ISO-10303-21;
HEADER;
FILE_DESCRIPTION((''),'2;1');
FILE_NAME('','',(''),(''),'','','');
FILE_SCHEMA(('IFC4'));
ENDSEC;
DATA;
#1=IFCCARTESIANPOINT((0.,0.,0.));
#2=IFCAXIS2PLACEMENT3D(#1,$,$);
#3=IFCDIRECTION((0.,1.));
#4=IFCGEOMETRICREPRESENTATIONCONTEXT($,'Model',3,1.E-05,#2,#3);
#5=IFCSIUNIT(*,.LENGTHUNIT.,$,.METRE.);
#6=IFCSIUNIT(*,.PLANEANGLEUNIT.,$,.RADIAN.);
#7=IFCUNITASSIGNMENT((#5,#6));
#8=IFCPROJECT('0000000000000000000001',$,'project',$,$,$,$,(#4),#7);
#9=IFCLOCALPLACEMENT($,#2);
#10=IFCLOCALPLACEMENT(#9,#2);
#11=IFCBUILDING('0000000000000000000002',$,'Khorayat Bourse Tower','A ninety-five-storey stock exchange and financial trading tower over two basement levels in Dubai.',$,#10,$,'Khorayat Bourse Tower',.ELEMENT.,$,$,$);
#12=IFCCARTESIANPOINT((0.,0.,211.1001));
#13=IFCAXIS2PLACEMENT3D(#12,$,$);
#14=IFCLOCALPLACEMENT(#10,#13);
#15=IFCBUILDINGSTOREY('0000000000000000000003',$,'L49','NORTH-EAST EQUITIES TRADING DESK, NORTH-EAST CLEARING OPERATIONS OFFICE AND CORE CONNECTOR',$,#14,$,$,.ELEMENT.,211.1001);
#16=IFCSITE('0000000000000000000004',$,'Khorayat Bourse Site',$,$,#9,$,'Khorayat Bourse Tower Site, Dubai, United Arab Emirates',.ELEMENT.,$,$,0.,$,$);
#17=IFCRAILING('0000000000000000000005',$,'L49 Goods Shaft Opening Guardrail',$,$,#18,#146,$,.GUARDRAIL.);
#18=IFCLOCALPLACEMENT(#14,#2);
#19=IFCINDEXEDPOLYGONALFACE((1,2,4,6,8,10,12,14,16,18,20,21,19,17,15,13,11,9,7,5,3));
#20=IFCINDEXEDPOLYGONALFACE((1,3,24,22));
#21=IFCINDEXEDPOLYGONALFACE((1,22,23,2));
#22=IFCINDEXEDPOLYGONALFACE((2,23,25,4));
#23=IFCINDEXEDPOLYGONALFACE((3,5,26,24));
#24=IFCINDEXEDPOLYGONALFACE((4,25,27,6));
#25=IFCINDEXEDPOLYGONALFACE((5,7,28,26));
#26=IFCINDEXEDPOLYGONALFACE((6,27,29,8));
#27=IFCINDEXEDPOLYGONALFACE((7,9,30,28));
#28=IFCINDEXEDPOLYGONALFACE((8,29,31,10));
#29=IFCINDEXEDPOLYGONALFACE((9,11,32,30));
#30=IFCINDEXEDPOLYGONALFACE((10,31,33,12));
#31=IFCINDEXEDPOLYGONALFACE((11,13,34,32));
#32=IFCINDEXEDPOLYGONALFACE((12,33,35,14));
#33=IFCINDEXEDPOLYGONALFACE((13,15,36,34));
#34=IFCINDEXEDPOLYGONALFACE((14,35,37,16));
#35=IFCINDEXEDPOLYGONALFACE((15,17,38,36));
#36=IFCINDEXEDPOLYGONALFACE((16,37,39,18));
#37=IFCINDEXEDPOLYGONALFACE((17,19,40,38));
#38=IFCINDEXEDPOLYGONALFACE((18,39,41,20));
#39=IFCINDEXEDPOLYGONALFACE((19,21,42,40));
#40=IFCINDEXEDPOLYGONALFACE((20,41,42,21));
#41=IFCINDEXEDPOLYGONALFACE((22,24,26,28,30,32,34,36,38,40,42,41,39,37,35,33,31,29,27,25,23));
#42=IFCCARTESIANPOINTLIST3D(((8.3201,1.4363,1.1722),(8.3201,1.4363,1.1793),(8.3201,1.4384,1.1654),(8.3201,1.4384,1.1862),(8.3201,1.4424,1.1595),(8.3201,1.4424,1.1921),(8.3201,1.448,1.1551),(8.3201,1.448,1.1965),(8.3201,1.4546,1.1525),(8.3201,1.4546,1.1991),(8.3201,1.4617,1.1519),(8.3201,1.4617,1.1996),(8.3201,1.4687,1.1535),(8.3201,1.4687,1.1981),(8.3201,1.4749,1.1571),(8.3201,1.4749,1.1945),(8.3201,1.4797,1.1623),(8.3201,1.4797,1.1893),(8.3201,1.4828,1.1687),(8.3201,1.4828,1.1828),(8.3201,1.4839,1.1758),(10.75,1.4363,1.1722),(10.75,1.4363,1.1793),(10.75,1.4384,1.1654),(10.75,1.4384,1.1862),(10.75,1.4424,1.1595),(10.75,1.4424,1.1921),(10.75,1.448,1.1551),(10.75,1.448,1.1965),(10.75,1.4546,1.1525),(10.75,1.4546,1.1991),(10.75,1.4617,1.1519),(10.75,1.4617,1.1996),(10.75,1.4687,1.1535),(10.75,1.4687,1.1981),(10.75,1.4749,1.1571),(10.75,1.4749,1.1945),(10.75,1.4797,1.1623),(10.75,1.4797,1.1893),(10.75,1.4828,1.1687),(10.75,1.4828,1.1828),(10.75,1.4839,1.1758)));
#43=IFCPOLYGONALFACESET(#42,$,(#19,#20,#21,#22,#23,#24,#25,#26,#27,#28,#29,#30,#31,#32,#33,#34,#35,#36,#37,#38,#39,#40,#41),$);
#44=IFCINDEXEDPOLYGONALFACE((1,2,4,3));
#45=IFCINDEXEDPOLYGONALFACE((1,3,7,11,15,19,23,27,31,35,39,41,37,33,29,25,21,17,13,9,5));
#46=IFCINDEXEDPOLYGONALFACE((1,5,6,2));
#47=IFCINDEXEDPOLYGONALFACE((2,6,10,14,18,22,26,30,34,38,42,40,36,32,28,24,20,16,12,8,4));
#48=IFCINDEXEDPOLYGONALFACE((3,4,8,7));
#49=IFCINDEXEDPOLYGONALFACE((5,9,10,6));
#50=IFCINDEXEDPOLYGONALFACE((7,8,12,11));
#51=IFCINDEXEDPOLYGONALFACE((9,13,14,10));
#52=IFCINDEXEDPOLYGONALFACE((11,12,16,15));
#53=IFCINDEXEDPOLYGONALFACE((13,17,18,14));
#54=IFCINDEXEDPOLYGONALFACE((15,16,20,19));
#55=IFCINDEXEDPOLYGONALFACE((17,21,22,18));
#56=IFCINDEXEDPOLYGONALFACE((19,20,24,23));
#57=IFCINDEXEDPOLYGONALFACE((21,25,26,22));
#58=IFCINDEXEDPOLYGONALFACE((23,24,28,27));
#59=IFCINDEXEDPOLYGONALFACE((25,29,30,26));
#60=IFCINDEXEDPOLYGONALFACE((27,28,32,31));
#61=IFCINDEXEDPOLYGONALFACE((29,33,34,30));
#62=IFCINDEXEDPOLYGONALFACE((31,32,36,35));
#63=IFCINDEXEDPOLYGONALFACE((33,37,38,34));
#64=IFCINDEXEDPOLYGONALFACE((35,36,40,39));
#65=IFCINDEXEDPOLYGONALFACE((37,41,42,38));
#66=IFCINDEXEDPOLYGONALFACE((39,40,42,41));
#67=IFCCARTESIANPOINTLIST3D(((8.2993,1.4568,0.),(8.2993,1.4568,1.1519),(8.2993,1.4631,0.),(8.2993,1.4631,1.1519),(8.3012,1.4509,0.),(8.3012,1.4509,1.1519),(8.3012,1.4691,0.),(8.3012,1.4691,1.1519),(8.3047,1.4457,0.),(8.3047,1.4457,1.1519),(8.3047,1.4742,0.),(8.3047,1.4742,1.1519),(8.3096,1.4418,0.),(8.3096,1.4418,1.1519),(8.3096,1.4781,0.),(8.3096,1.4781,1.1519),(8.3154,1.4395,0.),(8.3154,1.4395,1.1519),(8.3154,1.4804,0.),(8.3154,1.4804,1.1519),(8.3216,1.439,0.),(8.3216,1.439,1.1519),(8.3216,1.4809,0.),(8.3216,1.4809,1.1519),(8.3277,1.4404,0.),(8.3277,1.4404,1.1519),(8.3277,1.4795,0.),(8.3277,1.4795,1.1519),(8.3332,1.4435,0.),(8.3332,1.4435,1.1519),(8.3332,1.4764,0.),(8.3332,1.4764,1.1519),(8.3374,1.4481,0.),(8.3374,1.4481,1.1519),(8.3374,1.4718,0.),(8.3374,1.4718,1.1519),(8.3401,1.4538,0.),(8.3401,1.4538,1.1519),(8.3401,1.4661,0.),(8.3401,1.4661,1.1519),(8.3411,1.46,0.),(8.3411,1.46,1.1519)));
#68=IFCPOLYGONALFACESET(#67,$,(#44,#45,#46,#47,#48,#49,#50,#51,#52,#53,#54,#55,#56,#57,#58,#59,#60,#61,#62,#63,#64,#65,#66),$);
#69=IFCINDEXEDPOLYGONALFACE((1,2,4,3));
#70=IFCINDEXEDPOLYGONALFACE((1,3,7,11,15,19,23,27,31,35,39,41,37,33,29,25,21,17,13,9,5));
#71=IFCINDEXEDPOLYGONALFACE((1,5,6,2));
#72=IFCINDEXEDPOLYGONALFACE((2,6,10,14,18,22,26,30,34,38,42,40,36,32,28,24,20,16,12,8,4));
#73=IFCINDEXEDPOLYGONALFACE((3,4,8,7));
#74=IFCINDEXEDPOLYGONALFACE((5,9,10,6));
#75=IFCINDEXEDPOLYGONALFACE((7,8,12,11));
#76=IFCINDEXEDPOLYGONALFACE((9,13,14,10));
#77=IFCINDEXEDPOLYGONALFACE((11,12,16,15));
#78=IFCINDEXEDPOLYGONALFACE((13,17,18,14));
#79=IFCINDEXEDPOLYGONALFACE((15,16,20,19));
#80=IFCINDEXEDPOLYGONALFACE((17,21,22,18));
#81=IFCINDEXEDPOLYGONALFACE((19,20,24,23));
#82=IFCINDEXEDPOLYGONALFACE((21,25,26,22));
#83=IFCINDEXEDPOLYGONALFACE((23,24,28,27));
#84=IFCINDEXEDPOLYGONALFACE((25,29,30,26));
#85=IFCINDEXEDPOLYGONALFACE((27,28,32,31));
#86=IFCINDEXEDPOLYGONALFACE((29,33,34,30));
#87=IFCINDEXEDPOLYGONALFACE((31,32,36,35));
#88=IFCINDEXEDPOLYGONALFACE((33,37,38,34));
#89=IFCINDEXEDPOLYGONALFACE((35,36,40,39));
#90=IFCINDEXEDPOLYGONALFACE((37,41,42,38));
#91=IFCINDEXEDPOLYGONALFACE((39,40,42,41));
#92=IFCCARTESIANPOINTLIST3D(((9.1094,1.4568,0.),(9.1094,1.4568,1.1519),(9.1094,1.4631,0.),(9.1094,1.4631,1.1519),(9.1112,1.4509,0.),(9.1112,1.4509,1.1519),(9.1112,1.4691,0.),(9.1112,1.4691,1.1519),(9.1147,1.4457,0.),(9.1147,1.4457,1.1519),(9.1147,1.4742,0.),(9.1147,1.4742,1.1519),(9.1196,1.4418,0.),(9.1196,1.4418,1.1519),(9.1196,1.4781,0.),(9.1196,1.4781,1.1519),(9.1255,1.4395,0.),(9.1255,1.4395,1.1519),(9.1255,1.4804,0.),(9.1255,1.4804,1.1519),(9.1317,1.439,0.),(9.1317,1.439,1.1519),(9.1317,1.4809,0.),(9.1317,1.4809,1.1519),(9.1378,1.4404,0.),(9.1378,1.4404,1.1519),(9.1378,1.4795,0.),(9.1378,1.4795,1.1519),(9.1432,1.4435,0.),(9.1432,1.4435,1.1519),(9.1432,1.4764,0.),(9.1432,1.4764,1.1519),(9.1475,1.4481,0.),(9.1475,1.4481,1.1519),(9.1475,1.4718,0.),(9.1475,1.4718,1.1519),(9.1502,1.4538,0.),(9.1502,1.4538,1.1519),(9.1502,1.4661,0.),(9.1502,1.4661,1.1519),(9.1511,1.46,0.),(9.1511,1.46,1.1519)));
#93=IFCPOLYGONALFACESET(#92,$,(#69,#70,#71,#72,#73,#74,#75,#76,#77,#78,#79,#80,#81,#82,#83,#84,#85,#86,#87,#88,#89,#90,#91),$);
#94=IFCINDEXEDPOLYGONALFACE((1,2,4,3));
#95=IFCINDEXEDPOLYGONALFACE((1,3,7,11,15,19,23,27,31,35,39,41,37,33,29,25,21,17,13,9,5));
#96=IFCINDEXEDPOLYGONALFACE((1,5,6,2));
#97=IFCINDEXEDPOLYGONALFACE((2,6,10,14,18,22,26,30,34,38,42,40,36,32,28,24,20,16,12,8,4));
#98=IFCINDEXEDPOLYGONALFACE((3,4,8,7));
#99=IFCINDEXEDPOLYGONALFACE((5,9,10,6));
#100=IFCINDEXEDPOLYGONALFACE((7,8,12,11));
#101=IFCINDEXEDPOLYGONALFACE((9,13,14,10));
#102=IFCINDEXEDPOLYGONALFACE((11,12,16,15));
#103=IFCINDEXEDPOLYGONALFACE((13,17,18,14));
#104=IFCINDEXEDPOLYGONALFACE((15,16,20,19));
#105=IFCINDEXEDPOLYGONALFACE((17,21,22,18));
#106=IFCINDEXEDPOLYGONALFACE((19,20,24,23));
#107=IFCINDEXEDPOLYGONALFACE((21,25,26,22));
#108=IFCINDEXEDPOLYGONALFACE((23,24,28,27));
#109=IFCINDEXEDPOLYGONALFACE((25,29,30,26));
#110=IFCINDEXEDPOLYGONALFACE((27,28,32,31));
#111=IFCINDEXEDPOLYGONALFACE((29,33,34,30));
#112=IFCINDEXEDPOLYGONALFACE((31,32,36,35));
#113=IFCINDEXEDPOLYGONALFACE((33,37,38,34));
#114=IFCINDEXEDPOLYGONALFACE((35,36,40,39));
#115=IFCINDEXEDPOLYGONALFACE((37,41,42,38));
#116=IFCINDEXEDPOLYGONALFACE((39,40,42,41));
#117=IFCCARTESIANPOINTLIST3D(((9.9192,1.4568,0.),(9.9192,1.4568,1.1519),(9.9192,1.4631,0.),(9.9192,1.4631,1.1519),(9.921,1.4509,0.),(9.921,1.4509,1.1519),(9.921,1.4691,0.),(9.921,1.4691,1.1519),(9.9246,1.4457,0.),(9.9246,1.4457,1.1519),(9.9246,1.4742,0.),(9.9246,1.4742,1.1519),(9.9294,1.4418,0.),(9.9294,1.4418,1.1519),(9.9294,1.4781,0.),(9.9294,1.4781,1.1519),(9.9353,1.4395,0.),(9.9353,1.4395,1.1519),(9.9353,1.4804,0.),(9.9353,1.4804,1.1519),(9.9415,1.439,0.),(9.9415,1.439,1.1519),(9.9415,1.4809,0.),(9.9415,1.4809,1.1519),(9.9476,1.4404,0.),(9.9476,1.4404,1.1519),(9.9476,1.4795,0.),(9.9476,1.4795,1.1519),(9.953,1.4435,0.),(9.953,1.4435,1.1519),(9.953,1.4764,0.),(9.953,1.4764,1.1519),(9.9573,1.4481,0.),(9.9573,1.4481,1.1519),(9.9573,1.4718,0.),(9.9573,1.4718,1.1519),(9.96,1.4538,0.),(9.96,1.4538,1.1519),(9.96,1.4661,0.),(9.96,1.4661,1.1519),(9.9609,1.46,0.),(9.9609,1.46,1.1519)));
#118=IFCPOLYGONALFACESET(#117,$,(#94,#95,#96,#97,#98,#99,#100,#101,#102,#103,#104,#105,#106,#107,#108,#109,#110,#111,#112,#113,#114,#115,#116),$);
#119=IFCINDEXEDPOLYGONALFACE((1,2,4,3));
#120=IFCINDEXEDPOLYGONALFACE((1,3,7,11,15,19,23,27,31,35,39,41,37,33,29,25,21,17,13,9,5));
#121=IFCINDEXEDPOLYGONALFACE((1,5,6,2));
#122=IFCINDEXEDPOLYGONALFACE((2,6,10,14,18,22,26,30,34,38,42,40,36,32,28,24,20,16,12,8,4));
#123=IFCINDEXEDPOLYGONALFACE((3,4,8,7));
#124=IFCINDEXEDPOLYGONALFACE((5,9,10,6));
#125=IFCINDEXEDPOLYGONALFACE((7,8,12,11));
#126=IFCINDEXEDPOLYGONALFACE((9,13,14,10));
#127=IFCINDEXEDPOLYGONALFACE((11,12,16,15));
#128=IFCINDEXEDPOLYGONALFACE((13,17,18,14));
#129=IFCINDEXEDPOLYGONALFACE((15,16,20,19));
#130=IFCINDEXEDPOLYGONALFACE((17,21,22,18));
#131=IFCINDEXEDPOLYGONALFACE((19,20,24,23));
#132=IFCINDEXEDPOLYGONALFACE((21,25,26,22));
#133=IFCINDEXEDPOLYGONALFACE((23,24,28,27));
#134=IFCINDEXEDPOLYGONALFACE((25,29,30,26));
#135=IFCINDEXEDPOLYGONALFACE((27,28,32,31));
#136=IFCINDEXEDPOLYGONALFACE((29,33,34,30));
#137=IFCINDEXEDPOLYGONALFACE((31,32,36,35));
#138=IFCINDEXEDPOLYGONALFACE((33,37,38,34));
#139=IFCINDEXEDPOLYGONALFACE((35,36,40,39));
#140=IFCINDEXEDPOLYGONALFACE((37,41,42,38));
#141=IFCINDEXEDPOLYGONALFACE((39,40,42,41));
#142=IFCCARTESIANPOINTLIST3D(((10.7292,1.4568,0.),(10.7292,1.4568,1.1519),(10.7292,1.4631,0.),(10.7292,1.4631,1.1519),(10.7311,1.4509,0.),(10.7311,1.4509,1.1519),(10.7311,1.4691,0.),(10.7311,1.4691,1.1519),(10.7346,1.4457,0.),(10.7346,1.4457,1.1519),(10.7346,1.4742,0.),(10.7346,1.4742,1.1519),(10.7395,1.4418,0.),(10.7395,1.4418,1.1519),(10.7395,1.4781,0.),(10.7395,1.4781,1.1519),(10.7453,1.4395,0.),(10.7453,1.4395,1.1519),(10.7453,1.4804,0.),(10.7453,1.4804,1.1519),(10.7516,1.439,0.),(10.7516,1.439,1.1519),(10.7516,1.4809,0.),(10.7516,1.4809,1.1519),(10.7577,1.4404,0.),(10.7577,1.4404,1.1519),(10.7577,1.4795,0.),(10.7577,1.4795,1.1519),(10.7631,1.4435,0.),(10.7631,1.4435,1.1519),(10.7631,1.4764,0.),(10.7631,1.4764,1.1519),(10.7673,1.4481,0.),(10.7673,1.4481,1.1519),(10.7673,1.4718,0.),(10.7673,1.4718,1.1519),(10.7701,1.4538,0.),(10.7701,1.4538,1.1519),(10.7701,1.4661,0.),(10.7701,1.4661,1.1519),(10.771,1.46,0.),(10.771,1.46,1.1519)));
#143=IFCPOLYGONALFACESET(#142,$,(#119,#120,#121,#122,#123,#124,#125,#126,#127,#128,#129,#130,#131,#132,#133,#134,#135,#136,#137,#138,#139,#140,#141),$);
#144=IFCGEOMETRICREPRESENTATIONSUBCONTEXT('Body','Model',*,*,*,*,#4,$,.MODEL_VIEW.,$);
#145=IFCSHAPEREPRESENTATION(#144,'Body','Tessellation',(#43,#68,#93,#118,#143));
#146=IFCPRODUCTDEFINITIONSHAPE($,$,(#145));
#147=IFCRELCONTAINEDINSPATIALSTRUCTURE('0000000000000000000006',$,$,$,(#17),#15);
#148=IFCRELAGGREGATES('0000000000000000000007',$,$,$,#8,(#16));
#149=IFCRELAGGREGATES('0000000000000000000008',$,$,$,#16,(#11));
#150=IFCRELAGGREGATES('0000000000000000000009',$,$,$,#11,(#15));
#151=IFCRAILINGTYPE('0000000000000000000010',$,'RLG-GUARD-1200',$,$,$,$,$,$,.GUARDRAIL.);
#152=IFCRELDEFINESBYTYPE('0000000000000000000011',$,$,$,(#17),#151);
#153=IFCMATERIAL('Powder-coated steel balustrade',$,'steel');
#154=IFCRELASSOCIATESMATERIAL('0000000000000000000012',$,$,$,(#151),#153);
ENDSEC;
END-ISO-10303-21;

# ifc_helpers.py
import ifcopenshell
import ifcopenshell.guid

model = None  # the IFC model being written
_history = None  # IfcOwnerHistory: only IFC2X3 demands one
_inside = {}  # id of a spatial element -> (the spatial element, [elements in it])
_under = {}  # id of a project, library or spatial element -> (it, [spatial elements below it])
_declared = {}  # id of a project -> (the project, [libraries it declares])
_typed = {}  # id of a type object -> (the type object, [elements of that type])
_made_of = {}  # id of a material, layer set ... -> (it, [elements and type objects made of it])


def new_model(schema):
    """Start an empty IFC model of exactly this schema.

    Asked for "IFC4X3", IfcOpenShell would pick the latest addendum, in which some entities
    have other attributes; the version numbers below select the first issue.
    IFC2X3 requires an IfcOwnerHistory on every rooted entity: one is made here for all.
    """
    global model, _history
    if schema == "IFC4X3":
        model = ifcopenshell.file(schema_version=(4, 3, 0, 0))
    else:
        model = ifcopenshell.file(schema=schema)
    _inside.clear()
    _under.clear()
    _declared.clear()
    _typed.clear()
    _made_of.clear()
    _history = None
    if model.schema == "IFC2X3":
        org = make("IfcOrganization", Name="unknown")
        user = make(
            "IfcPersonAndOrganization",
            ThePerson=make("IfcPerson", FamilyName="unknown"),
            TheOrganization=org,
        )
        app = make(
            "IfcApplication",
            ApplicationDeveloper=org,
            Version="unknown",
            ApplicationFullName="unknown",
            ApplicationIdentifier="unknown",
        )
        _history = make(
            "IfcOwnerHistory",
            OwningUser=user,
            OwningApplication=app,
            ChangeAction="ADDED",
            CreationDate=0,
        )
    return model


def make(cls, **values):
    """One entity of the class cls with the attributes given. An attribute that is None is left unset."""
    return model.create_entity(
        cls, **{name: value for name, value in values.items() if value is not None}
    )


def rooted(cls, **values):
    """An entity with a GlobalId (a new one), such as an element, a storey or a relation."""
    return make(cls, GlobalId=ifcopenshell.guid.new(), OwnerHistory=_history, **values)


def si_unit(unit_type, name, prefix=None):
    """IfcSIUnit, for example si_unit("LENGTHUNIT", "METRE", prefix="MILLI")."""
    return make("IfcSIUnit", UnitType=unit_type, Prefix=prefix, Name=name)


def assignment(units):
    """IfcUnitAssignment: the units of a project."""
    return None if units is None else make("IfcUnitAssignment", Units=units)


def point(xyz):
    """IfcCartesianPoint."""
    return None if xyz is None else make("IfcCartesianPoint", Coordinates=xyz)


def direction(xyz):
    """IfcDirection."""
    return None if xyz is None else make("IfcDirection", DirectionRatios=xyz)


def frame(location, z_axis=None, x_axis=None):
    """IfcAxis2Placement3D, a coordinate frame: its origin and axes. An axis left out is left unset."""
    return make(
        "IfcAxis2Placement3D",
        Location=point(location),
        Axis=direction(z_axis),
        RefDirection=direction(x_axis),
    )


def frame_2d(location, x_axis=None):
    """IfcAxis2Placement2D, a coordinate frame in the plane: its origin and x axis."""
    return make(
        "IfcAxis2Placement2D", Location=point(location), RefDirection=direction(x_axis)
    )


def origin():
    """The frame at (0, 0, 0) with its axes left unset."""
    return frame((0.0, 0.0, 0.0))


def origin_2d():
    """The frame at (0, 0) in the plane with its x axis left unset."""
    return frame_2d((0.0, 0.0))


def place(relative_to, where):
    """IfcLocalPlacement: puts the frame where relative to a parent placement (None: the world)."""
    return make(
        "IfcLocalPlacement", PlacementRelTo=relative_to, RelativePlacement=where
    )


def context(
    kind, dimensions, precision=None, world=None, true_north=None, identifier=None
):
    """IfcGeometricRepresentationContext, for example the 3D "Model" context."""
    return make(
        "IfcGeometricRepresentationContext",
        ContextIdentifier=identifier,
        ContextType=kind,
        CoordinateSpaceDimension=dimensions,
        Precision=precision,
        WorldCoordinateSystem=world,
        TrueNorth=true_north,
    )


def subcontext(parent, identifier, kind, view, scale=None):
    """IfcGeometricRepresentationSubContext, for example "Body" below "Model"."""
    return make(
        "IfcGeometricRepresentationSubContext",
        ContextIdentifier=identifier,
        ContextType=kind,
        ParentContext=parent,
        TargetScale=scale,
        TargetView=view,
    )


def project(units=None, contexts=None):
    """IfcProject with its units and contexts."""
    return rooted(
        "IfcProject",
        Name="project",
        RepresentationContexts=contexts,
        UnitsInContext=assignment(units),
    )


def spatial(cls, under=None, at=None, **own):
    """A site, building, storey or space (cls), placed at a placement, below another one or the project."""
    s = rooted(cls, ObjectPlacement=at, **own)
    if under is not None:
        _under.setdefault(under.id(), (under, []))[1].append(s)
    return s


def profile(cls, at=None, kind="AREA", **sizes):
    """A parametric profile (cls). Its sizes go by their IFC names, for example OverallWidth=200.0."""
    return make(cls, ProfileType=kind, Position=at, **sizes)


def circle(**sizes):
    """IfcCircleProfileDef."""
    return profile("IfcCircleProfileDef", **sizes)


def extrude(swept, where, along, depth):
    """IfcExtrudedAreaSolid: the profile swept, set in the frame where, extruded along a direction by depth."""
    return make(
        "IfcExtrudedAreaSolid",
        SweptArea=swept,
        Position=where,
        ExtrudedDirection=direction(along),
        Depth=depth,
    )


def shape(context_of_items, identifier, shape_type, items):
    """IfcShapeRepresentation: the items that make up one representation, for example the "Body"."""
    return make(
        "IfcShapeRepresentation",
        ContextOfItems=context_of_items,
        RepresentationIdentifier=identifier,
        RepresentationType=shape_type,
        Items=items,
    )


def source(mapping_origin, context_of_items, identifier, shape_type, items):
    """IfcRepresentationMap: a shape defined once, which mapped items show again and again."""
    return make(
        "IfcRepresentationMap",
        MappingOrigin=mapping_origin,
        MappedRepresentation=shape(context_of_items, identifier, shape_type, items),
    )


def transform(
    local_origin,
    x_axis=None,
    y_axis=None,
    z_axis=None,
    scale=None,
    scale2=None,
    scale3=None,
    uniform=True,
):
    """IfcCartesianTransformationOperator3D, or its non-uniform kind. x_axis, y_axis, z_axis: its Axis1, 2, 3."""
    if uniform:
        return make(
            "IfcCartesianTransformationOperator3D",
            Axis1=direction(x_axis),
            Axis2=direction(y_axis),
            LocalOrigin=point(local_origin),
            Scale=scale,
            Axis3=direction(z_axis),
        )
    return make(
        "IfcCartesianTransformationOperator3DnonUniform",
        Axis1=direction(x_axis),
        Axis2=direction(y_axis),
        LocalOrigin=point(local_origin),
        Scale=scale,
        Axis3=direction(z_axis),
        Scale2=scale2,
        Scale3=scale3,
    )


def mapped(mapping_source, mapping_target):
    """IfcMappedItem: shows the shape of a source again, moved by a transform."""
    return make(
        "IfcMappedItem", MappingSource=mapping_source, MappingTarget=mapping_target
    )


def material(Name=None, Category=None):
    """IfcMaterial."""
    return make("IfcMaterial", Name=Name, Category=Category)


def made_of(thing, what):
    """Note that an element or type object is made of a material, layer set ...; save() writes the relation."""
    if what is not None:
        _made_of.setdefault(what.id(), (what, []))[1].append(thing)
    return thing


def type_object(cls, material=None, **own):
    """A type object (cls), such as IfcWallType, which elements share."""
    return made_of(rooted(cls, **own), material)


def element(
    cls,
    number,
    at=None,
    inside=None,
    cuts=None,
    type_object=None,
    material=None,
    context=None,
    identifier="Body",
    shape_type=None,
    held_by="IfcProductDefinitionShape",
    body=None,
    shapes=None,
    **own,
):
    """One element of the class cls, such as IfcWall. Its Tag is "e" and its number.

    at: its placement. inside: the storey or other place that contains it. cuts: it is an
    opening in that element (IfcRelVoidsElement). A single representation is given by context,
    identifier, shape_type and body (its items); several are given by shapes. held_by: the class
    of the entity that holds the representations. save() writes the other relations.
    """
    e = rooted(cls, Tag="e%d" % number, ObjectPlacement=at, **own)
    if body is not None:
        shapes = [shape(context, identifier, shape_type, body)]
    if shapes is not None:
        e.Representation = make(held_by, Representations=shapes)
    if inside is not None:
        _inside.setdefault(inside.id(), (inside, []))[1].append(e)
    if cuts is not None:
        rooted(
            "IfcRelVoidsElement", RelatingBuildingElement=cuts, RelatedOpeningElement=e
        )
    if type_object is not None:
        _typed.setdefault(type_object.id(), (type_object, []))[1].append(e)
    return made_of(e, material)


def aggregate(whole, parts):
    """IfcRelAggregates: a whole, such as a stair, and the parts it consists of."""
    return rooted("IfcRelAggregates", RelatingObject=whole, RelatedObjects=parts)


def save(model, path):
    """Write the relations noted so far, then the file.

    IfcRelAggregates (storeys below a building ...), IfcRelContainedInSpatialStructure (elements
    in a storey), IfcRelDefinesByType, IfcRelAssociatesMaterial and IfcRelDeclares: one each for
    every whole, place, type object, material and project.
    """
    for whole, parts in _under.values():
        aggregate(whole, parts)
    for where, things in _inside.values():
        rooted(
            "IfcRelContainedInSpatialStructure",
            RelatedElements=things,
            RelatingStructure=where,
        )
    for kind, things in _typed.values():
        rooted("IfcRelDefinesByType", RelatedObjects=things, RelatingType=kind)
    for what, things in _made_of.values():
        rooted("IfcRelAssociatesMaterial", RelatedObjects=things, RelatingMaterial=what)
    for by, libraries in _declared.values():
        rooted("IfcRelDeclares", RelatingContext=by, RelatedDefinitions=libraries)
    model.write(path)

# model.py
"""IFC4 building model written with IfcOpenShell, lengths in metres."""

from ifc_helpers import new_model, si_unit, direction, frame, origin, origin_2d, place, context, subcontext, project, spatial, circle, extrude, source, transform, mapped, material, type_object, element, save


model = new_model("IFC4")

# Units and contexts
model_context = context("Model", 3, precision=1e-05, world=origin(), true_north=direction((0.0, 1.0)))
body_context = subcontext(model_context, "Body", "Model", "MODEL_VIEW")
ifc_project = project(units=[si_unit("LENGTHUNIT", "METRE"), si_unit("PLANEANGLEUNIT", "RADIAN")], contexts=[model_context])

# Site, building, storey
site_placement = place(None, origin())
site = spatial("IfcSite", under=ifc_project, at=site_placement, Name="Khorayat Bourse Site", LongName="Khorayat Bourse Tower Site, Dubai, United Arab Emirates", CompositionType="ELEMENT", RefElevation=0.0)
building_placement = place(site_placement, origin())
building = spatial("IfcBuilding", under=site, at=building_placement, Name="Khorayat Bourse Tower", Description="A ninety-five-storey stock exchange and financial trading tower over two basement levels in Dubai.", LongName="Khorayat Bourse Tower", CompositionType="ELEMENT")
storey_placement = place(building_placement, frame((0.0, 0.0, 211.1001)))
storey = spatial("IfcBuildingStorey", under=building, at=storey_placement, Name="L49", Description="NORTH-EAST EQUITIES TRADING DESK, NORTH-EAST CLEARING OPERATIONS OFFICE AND CORE CONNECTOR", CompositionType="ELEMENT", Elevation=211.1001)

# Railing
ifc_material_1 = material(Name="Powder-coated steel balustrade", Category="steel")
railing_type = type_object("IfcRailingType", Name="RLG-GUARD-1200", PredefinedType="GUARDRAIL", material=ifc_material_1)
shared_shape_1 = source(origin(), body_context, "Body", "SweptSolid", [
    extrude(circle(Radius=0.0239, at=origin_2d()), frame((0.0, 0.0, 1.1758), z_axis=(1.0, 0.0, 0.0), x_axis=(0.0, 1.0, 0.0)), (0.0, 0.0, 1.0), 2.4299),
    extrude(circle(Radius=0.021, at=origin_2d()), origin(), (0.0, 0.0, 1.0), 1.1519),
    extrude(circle(Radius=0.021, at=origin_2d()), frame((0.8101, 0.0, 0.0)), (0.0, 0.0, 1.0), 1.1519),
    extrude(circle(Radius=0.021, at=origin_2d()), frame((1.6199, 0.0, 0.0)), (0.0, 0.0, 1.0), 1.1519),
    extrude(circle(Radius=0.021, at=origin_2d()), frame((2.4299, 0.0, 0.0)), (0.0, 0.0, 1.0), 1.1519),
])
railing_placement = place(storey_placement, frame((8.3201, 1.46, 0.0)))
element("IfcRailing", 1, at=railing_placement, inside=storey, type_object=railing_type, Name="L49 Goods Shaft Opening Guardrail", PredefinedType="GUARDRAIL", context=body_context, shape_type="MappedRepresentation", body=[
    mapped(shared_shape_1, transform((0.0, 0.0, 0.0), scale=1.0)),
])

save(model, "model.ifc")
